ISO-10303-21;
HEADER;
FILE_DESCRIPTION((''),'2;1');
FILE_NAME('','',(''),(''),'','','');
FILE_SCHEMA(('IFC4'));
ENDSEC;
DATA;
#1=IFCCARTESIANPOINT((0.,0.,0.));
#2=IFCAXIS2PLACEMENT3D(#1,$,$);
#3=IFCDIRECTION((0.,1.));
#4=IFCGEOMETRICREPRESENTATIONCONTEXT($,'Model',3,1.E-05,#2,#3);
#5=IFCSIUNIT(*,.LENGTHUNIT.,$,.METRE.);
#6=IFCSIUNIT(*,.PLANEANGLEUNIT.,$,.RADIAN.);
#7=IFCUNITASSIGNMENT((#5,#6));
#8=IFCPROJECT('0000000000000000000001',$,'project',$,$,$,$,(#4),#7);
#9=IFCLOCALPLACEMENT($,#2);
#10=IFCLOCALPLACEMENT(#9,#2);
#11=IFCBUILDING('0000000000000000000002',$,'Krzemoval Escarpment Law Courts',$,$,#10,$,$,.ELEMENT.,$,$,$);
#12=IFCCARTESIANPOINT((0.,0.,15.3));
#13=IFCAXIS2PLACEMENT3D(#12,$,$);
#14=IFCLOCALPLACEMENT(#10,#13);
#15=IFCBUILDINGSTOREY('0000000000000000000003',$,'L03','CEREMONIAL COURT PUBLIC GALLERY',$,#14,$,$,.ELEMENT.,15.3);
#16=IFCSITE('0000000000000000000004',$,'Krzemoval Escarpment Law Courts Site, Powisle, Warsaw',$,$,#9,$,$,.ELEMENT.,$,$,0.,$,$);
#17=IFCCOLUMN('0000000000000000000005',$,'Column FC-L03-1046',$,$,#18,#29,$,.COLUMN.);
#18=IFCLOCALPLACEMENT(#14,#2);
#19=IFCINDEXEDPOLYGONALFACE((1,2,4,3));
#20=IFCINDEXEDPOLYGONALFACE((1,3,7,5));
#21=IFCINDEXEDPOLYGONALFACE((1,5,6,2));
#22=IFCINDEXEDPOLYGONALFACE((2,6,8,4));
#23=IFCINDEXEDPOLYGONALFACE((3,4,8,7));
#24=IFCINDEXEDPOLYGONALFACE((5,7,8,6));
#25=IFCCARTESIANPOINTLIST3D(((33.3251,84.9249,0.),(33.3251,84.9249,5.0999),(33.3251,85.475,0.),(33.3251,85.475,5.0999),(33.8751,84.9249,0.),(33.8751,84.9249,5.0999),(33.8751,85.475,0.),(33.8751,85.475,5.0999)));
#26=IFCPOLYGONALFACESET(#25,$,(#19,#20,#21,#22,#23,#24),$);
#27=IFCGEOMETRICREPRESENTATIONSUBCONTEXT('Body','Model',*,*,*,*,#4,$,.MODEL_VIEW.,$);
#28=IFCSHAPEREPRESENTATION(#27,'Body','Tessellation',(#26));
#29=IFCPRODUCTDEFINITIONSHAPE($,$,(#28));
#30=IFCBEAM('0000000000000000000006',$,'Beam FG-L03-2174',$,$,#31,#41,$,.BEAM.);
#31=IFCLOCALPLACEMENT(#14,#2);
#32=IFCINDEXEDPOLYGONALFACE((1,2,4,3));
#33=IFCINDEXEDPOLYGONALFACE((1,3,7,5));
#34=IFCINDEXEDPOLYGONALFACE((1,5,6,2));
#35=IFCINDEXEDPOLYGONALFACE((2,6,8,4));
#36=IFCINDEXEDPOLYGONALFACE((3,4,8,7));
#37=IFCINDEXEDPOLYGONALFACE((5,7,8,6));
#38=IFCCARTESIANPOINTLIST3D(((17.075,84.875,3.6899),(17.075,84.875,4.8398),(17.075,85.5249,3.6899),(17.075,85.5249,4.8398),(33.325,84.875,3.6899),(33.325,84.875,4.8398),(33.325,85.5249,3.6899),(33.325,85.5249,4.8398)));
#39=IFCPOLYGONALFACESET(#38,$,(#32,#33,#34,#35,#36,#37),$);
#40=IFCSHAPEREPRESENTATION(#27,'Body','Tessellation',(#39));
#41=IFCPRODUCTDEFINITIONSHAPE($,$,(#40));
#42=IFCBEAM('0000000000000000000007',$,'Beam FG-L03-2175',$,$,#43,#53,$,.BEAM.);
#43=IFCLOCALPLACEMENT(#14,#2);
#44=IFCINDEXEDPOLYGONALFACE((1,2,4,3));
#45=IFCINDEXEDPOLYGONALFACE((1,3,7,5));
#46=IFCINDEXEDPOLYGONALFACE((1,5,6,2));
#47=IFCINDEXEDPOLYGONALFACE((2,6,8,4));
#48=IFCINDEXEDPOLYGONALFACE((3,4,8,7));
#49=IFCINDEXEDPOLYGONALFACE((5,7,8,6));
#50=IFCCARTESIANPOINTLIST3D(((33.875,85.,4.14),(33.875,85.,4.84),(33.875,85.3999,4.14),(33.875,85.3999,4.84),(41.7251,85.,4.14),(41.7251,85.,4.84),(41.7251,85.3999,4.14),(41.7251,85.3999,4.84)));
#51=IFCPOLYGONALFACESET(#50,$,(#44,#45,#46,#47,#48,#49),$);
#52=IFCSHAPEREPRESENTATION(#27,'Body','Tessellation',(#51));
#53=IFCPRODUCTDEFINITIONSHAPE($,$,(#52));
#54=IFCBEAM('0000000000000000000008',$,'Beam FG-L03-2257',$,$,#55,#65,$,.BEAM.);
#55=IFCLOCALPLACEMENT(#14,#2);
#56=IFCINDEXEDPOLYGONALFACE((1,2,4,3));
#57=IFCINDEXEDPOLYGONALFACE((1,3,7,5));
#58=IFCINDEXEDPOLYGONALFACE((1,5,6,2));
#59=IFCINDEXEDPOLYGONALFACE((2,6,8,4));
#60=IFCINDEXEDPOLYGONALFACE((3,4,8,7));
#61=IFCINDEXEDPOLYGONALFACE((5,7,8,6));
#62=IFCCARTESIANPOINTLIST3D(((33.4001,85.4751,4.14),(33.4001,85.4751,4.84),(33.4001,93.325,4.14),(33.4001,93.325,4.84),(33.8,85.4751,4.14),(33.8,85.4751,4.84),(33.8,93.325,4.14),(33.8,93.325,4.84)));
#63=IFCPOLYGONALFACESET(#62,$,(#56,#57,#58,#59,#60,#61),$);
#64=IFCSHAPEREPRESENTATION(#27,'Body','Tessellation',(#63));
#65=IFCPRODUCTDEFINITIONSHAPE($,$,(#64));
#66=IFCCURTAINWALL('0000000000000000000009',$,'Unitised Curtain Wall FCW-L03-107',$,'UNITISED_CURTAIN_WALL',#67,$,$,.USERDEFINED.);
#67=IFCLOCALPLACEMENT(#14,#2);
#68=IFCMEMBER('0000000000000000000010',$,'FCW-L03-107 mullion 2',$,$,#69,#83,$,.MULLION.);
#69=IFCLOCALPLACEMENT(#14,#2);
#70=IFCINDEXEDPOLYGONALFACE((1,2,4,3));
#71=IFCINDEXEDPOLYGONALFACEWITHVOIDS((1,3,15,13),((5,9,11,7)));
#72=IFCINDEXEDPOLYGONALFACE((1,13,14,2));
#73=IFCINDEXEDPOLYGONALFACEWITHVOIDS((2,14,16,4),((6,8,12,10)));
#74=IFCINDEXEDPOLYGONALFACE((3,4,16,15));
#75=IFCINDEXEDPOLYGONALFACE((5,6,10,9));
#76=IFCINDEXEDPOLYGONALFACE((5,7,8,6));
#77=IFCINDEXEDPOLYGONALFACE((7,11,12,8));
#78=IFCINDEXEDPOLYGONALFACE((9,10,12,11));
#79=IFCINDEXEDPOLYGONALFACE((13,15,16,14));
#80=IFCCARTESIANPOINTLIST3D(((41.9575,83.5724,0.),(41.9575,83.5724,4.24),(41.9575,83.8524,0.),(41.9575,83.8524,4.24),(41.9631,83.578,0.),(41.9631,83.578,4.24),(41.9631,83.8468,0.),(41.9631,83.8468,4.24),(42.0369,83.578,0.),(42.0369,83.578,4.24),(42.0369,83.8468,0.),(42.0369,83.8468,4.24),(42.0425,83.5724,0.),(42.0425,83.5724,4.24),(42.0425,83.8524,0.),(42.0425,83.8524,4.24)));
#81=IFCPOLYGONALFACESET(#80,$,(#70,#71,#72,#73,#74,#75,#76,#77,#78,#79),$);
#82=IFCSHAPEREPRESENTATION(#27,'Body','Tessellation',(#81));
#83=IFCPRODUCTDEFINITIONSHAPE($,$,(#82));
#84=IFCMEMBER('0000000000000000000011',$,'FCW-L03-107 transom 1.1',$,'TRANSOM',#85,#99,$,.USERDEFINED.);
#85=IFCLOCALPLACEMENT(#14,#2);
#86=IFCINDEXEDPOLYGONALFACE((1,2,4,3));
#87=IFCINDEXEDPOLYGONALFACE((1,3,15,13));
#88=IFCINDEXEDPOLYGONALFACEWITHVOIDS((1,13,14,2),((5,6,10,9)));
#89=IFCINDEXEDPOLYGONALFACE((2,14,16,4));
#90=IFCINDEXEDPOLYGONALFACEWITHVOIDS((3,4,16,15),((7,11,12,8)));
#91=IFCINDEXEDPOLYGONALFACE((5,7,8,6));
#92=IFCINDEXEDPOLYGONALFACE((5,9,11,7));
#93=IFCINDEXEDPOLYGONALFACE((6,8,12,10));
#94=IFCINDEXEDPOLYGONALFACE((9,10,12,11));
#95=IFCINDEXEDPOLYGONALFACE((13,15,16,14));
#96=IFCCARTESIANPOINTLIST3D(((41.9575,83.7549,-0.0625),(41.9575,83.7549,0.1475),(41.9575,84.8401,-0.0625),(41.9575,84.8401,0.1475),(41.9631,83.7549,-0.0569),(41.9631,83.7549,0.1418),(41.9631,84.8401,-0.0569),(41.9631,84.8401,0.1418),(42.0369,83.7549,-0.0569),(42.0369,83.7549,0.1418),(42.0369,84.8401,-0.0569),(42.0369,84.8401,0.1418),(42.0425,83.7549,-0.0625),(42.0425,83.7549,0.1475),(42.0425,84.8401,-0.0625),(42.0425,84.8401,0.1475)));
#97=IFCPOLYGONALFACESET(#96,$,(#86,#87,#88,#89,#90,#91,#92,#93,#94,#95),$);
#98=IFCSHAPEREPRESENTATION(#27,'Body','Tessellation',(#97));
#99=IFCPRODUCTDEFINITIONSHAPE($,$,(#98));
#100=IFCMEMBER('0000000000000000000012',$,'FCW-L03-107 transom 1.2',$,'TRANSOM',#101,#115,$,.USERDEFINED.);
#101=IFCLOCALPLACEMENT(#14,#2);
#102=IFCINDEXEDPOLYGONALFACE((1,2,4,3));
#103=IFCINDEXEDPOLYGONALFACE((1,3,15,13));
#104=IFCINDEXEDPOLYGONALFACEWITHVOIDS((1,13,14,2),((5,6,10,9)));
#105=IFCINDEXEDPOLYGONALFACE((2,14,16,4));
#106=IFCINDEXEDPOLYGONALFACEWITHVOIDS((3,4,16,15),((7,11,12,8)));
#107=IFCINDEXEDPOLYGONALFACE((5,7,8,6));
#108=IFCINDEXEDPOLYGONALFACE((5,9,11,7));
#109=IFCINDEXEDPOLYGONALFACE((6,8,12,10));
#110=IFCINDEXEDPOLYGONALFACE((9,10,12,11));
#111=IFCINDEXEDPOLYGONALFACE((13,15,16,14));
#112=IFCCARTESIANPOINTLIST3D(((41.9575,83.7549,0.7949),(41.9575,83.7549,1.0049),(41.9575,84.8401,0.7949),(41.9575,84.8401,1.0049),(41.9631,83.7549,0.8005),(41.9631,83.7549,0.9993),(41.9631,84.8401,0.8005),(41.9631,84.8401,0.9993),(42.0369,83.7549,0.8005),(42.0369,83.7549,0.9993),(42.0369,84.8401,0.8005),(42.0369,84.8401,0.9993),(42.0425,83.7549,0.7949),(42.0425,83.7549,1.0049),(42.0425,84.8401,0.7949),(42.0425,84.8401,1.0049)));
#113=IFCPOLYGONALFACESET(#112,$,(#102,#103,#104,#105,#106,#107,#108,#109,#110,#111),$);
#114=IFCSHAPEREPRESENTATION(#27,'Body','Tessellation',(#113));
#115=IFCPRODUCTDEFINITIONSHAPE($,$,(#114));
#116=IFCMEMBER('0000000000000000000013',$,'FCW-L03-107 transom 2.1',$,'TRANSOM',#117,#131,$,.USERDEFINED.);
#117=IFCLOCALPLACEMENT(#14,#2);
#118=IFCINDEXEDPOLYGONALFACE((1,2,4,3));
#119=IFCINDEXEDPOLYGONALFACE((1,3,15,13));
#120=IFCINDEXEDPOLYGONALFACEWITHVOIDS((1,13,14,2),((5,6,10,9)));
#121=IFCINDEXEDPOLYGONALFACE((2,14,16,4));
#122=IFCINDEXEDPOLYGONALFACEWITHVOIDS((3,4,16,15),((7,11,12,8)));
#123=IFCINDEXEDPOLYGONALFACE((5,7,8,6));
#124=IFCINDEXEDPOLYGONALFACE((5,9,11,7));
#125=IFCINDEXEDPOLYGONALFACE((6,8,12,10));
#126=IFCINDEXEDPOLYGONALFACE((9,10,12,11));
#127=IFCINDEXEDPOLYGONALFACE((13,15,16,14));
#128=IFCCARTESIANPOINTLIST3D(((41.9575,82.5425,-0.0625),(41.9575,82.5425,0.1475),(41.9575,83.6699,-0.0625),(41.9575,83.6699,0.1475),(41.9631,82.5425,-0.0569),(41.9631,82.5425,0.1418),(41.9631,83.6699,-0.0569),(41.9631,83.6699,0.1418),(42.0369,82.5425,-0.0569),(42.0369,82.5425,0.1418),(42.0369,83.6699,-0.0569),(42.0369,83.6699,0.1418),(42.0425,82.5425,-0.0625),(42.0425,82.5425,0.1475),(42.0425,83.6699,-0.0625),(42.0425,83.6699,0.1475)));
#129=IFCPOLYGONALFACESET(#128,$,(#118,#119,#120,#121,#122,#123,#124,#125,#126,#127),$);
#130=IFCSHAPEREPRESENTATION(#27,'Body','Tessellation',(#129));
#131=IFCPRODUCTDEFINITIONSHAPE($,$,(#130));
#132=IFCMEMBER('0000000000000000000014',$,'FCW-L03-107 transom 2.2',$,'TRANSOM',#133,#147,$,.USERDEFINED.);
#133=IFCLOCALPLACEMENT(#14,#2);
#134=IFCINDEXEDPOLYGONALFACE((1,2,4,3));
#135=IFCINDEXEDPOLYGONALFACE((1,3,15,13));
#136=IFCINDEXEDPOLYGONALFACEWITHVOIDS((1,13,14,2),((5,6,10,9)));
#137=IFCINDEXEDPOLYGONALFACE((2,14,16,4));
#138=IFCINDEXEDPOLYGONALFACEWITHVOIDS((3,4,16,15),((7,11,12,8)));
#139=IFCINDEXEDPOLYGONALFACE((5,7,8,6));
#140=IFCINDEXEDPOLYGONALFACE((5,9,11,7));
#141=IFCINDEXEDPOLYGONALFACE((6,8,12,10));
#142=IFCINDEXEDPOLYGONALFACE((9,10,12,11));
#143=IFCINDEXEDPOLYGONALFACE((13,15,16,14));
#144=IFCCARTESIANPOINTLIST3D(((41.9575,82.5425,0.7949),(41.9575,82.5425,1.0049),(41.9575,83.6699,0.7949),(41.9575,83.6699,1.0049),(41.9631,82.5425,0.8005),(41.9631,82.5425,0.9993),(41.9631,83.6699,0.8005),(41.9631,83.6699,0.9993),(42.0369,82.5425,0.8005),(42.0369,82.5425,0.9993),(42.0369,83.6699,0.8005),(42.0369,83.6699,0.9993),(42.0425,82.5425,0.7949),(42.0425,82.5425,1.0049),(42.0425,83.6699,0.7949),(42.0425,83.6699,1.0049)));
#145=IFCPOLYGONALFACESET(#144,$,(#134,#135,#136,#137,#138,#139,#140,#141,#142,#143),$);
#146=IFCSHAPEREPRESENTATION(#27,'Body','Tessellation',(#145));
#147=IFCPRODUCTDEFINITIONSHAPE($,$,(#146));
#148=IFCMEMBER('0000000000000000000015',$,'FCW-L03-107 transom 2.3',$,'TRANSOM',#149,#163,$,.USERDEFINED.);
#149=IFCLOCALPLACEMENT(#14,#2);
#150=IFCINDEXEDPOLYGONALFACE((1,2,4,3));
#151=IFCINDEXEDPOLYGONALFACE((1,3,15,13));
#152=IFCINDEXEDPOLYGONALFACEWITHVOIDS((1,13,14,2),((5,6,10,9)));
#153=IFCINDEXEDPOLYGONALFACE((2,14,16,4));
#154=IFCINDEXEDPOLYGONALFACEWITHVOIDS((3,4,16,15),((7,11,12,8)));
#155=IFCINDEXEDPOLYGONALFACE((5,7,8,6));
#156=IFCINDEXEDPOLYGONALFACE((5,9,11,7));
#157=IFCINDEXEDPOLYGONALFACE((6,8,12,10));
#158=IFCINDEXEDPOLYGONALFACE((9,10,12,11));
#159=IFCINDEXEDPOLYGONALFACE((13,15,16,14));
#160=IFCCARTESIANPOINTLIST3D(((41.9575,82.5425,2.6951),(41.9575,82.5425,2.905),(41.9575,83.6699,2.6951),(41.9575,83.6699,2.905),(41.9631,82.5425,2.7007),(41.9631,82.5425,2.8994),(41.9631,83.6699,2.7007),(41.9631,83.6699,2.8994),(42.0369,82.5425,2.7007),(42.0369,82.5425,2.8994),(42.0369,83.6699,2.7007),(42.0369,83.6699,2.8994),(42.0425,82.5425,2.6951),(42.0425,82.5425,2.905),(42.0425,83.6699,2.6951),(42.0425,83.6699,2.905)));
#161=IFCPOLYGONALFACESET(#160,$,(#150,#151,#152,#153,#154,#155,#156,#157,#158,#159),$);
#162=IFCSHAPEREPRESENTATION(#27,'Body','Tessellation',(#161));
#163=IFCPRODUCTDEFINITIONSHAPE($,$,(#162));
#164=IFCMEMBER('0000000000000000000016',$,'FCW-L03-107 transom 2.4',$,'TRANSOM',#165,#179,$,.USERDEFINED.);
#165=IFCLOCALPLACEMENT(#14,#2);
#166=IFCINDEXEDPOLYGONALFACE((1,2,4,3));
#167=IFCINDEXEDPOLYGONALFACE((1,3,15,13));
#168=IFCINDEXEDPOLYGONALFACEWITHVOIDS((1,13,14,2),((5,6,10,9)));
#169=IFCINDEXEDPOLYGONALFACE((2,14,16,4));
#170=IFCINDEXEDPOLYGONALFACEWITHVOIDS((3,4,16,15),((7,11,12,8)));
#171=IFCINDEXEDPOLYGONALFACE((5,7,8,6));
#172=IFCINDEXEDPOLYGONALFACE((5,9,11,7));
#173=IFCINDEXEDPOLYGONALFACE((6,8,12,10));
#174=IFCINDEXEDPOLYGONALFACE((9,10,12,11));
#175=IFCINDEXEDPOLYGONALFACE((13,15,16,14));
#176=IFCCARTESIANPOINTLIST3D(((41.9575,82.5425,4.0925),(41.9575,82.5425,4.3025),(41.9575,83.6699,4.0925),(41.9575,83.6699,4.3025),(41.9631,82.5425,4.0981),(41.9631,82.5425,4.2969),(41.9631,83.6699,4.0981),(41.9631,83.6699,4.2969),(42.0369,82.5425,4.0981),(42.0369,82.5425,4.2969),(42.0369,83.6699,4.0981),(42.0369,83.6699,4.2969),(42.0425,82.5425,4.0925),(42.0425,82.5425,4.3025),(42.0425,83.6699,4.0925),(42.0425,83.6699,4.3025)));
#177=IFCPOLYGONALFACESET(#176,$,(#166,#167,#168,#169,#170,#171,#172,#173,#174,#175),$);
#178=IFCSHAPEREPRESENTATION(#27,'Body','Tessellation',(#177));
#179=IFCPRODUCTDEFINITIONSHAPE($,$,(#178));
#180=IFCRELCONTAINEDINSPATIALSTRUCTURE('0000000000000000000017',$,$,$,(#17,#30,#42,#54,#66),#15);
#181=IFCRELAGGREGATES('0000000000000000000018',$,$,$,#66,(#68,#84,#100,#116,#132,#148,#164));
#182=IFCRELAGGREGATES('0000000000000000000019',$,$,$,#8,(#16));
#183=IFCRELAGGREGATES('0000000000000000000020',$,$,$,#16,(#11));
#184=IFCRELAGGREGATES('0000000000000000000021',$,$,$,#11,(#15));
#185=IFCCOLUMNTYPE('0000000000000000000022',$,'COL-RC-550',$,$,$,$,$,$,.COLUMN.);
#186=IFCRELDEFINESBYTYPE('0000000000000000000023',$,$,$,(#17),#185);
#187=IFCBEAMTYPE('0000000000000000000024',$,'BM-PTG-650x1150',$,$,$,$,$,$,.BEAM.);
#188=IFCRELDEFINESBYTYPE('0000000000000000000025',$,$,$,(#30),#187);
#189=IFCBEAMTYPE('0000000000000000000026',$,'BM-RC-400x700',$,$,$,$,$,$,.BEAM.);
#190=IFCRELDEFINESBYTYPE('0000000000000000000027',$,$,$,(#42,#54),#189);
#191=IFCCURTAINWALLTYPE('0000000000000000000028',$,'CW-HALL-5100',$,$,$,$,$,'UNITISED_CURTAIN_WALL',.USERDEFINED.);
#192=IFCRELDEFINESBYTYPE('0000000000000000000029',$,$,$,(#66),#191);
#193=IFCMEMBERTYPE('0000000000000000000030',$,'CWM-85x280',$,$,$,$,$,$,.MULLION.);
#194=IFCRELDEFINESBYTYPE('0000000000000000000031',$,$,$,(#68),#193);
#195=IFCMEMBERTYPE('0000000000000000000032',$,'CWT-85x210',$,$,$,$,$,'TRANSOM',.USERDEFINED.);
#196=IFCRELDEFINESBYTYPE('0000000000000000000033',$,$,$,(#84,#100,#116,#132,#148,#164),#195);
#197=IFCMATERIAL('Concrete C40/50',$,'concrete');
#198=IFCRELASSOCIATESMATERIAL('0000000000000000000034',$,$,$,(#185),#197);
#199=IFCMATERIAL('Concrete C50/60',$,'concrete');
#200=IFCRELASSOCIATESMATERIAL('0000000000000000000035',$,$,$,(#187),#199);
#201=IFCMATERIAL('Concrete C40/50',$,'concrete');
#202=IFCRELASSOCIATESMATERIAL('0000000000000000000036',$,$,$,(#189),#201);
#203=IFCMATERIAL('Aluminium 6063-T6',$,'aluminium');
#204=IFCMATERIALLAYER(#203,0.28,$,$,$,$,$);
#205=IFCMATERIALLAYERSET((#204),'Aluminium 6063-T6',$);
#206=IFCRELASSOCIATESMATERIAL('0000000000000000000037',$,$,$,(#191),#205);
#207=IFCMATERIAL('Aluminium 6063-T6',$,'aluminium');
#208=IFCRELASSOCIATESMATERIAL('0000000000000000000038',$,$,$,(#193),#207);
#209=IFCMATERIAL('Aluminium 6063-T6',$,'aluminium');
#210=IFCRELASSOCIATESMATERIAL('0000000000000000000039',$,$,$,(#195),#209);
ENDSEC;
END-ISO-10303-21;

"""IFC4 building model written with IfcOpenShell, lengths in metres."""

from ifc_helpers import new_model, si_unit, direction, frame, origin, origin_2d, place, context, subcontext, project, spatial, rectangle, hollow_rectangle, extrude, material, layer, layer_set, material_profile, profile_set, type_object, element, aggregate, save


model = new_model("IFC4")

# Units and contexts
model_context = context("Model", 3, precision=1e-05, world=origin(), true_north=direction((0.0, 1.0)))
body_context = subcontext(model_context, "Body", "Model", "MODEL_VIEW")
ifc_project = project(units=[si_unit("LENGTHUNIT", "METRE"), si_unit("PLANEANGLEUNIT", "RADIAN")], contexts=[model_context])

# Site, building, storey
site_placement = place(None, origin())
site = spatial("IfcSite", under=ifc_project, at=site_placement, Name="Krzemoval Escarpment Law Courts Site, Powisle, Warsaw", CompositionType="ELEMENT", RefElevation=0.0)
building_placement = place(site_placement, origin())
building = spatial("IfcBuilding", under=site, at=building_placement, Name="Krzemoval Escarpment Law Courts", CompositionType="ELEMENT")
storey_placement = place(building_placement, frame((0.0, 0.0, 15.3)))
storey = spatial("IfcBuildingStorey", under=building, at=storey_placement, Name="L03", Description="CEREMONIAL COURT PUBLIC GALLERY", CompositionType="ELEMENT", Elevation=15.3)

# Column
ifc_material_1 = material(Name="Concrete C40/50", Category="concrete")
ifc_material_profile_1 = material_profile(ifc_material_1, rectangle(XDim=0.55, YDim=0.55, at=origin_2d()), Name="RC 550x550")
ifc_profile_set_1 = profile_set([ifc_material_profile_1], Name="Concrete C40/50")
column_type = type_object("IfcColumnType", Name="COL-RC-550", PredefinedType="COLUMN", material=ifc_profile_set_1)
column_placement = place(storey_placement, frame((33.6001, 85.2, 0.0), z_axis=(0.0, 0.0, 1.0), x_axis=(1.0, 0.0, 0.0)))
element("IfcColumn", 1, at=column_placement, inside=storey, type_object=column_type, Name="Column FC-L03-1046", PredefinedType="COLUMN", context=body_context, shape_type="SweptSolid", body=[
    extrude(rectangle(XDim=0.55, YDim=0.55, at=origin_2d()), origin(), (0.0, 0.0, 1.0), 5.0999),
])

# Beams
ifc_material_2 = material(Name="Concrete C50/60", Category="concrete")
ifc_material_profile_2 = material_profile(ifc_material_2, rectangle(XDim=0.6499, YDim=1.1499, at=origin_2d()), Name="PTG 650x1150")
ifc_profile_set_2 = profile_set([ifc_material_profile_2], Name="Concrete C50/60")
beam_type_1 = type_object("IfcBeamType", Name="BM-PTG-650x1150", PredefinedType="BEAM", material=ifc_profile_set_2)
beam_1_placement = place(storey_placement, frame((17.075, 85.2, 4.2649), z_axis=(1.0, 0.0, 0.0), x_axis=(0.0, 1.0, 0.0)))
element("IfcBeam", 2, at=beam_1_placement, inside=storey, type_object=beam_type_1, Name="Beam FG-L03-2174", PredefinedType="BEAM", context=body_context, shape_type="SweptSolid", body=[
    extrude(rectangle(XDim=0.6499, YDim=1.1499, at=origin_2d()), origin(), (0.0, 0.0, 1.0), 16.25),
])
ifc_material_3 = material(Name="Concrete C40/50", Category="concrete")
ifc_material_profile_3 = material_profile(ifc_material_3, rectangle(XDim=0.3999, YDim=0.7, at=origin_2d()), Name="RCB 400x700")
ifc_profile_set_3 = profile_set([ifc_material_profile_3], Name="Concrete C40/50")
beam_type_2 = type_object("IfcBeamType", Name="BM-RC-400x700", PredefinedType="BEAM", material=ifc_profile_set_3)
beam_2_placement = place(storey_placement, frame((33.875, 85.2, 4.49), z_axis=(1.0, 0.0, 0.0), x_axis=(0.0, 1.0, 0.0)))
element("IfcBeam", 3, at=beam_2_placement, inside=storey, type_object=beam_type_2, Name="Beam FG-L03-2175", PredefinedType="BEAM", context=body_context, shape_type="SweptSolid", body=[
    extrude(rectangle(XDim=0.3999, YDim=0.7, at=origin_2d()), origin(), (0.0, 0.0, 1.0), 7.8501),
])
beam_3_placement = place(storey_placement, frame((33.6001, 85.4751, 4.49), z_axis=(0.0, 1.0, 0.0), x_axis=(-1.0, 0.0, 0.0)))
element("IfcBeam", 4, at=beam_3_placement, inside=storey, type_object=beam_type_2, Name="Beam FG-L03-2257", PredefinedType="BEAM", context=body_context, shape_type="SweptSolid", body=[
    extrude(rectangle(XDim=0.3999, YDim=0.7, at=origin_2d()), origin(), (0.0, 0.0, 1.0), 7.8499),
])

# Curtain wall, members
ifc_material_4 = material(Name="Aluminium 6063-T6", Category="aluminium")
ifc_layer_1 = layer(ifc_material_4, 0.28)
ifc_layer_set_1 = layer_set([ifc_layer_1], Name="Aluminium 6063-T6")
curtain_wall_type = type_object("IfcCurtainWallType", Name="CW-HALL-5100", ElementType="UNITISED_CURTAIN_WALL", PredefinedType="USERDEFINED", material=ifc_layer_set_1)
curtain_wall_placement = place(storey_placement, origin())
curtain_wall = element("IfcCurtainWall", 5, at=curtain_wall_placement, inside=storey, type_object=curtain_wall_type, Name="Unitised Curtain Wall FCW-L03-107", ObjectType="UNITISED_CURTAIN_WALL", PredefinedType="USERDEFINED")
ifc_material_5 = material(Name="Aluminium 6063-T6", Category="aluminium")
ifc_material_profile_4 = material_profile(ifc_material_5, hollow_rectangle(XDim=0.085, YDim=0.28, WallThickness=0.0056, at=origin_2d()), Name="ALU M85x280")
ifc_profile_set_4 = profile_set([ifc_material_profile_4], Name="Aluminium 6063-T6")
member_type_1 = type_object("IfcMemberType", Name="CWM-85x280", PredefinedType="MULLION", material=ifc_profile_set_4)
member_1_placement = place(storey_placement, frame((42.0, 83.7124, 0.0), z_axis=(0.0, 0.0, 1.0), x_axis=(1.0, 0.0, 0.0)))
member_1 = element("IfcMember", 6, at=member_1_placement, type_object=member_type_1, Name="FCW-L03-107 mullion 2", PredefinedType="MULLION", context=body_context, shape_type="SweptSolid", body=[
    extrude(hollow_rectangle(XDim=0.085, YDim=0.28, WallThickness=0.0056, at=origin_2d()), origin(), (0.0, 0.0, 1.0), 4.24),
])
ifc_material_6 = material(Name="Aluminium 6063-T6", Category="aluminium")
ifc_material_profile_5 = material_profile(ifc_material_6, hollow_rectangle(XDim=0.085, YDim=0.21, WallThickness=0.0056, at=origin_2d()), Name="ALU T85x210")
ifc_profile_set_5 = profile_set([ifc_material_profile_5], Name="Aluminium 6063-T6")
member_type_2 = type_object("IfcMemberType", Name="CWT-85x210", ElementType="TRANSOM", PredefinedType="USERDEFINED", material=ifc_profile_set_5)
member_2_placement = place(storey_placement, frame((42.0, 84.8401, 0.0425), z_axis=(0.0, -1.0, 0.0), x_axis=(1.0, 0.0, 0.0)))
member_2 = element("IfcMember", 7, at=member_2_placement, type_object=member_type_2, Name="FCW-L03-107 transom 1.1", ObjectType="TRANSOM", PredefinedType="USERDEFINED", context=body_context, shape_type="SweptSolid", body=[
    extrude(hollow_rectangle(XDim=0.085, YDim=0.21, WallThickness=0.0056, at=origin_2d()), origin(), (0.0, 0.0, 1.0), 1.0852),
])
member_3_placement = place(storey_placement, frame((42.0, 84.8401, 0.8999), z_axis=(0.0, -1.0, 0.0), x_axis=(1.0, 0.0, 0.0)))
member_3 = element("IfcMember", 8, at=member_3_placement, type_object=member_type_2, Name="FCW-L03-107 transom 1.2", ObjectType="TRANSOM", PredefinedType="USERDEFINED", context=body_context, shape_type="SweptSolid", body=[
    extrude(hollow_rectangle(XDim=0.085, YDim=0.21, WallThickness=0.0056, at=origin_2d()), origin(), (0.0, 0.0, 1.0), 1.0852),
])
member_4_placement = place(storey_placement, frame((42.0, 83.6699, 0.0425), z_axis=(0.0, -1.0, 0.0), x_axis=(1.0, 0.0, 0.0)))
member_4 = element("IfcMember", 9, at=member_4_placement, type_object=member_type_2, Name="FCW-L03-107 transom 2.1", ObjectType="TRANSOM", PredefinedType="USERDEFINED", context=body_context, shape_type="SweptSolid", body=[
    extrude(hollow_rectangle(XDim=0.085, YDim=0.21, WallThickness=0.0056, at=origin_2d()), origin(), (0.0, 0.0, 1.0), 1.1274),
])
member_5_placement = place(storey_placement, frame((42.0, 83.6699, 0.8999), z_axis=(0.0, -1.0, 0.0), x_axis=(1.0, 0.0, 0.0)))
member_5 = element("IfcMember", 10, at=member_5_placement, type_object=member_type_2, Name="FCW-L03-107 transom 2.2", ObjectType="TRANSOM", PredefinedType="USERDEFINED", context=body_context, shape_type="SweptSolid", body=[
    extrude(hollow_rectangle(XDim=0.085, YDim=0.21, WallThickness=0.0056, at=origin_2d()), origin(), (0.0, 0.0, 1.0), 1.1274),
])
member_6_placement = place(storey_placement, frame((42.0, 83.6699, 2.8), z_axis=(0.0, -1.0, 0.0), x_axis=(1.0, 0.0, 0.0)))
member_6 = element("IfcMember", 11, at=member_6_placement, type_object=member_type_2, Name="FCW-L03-107 transom 2.3", ObjectType="TRANSOM", PredefinedType="USERDEFINED", context=body_context, shape_type="SweptSolid", body=[
    extrude(hollow_rectangle(XDim=0.085, YDim=0.21, WallThickness=0.0056, at=origin_2d()), origin(), (0.0, 0.0, 1.0), 1.1274),
])
member_7_placement = place(storey_placement, frame((42.0, 83.6699, 4.1975), z_axis=(0.0, -1.0, 0.0), x_axis=(1.0, 0.0, 0.0)))
member_7 = element("IfcMember", 12, at=member_7_placement, type_object=member_type_2, Name="FCW-L03-107 transom 2.4", ObjectType="TRANSOM", PredefinedType="USERDEFINED", context=body_context, shape_type="SweptSolid", body=[
    extrude(hollow_rectangle(XDim=0.085, YDim=0.21, WallThickness=0.0056, at=origin_2d()), origin(), (0.0, 0.0, 1.0), 1.1274),
])

aggregate(curtain_wall, [member_1, member_2, member_3, member_4, member_5, member_6, member_7])

save(model, "model.ifc")
